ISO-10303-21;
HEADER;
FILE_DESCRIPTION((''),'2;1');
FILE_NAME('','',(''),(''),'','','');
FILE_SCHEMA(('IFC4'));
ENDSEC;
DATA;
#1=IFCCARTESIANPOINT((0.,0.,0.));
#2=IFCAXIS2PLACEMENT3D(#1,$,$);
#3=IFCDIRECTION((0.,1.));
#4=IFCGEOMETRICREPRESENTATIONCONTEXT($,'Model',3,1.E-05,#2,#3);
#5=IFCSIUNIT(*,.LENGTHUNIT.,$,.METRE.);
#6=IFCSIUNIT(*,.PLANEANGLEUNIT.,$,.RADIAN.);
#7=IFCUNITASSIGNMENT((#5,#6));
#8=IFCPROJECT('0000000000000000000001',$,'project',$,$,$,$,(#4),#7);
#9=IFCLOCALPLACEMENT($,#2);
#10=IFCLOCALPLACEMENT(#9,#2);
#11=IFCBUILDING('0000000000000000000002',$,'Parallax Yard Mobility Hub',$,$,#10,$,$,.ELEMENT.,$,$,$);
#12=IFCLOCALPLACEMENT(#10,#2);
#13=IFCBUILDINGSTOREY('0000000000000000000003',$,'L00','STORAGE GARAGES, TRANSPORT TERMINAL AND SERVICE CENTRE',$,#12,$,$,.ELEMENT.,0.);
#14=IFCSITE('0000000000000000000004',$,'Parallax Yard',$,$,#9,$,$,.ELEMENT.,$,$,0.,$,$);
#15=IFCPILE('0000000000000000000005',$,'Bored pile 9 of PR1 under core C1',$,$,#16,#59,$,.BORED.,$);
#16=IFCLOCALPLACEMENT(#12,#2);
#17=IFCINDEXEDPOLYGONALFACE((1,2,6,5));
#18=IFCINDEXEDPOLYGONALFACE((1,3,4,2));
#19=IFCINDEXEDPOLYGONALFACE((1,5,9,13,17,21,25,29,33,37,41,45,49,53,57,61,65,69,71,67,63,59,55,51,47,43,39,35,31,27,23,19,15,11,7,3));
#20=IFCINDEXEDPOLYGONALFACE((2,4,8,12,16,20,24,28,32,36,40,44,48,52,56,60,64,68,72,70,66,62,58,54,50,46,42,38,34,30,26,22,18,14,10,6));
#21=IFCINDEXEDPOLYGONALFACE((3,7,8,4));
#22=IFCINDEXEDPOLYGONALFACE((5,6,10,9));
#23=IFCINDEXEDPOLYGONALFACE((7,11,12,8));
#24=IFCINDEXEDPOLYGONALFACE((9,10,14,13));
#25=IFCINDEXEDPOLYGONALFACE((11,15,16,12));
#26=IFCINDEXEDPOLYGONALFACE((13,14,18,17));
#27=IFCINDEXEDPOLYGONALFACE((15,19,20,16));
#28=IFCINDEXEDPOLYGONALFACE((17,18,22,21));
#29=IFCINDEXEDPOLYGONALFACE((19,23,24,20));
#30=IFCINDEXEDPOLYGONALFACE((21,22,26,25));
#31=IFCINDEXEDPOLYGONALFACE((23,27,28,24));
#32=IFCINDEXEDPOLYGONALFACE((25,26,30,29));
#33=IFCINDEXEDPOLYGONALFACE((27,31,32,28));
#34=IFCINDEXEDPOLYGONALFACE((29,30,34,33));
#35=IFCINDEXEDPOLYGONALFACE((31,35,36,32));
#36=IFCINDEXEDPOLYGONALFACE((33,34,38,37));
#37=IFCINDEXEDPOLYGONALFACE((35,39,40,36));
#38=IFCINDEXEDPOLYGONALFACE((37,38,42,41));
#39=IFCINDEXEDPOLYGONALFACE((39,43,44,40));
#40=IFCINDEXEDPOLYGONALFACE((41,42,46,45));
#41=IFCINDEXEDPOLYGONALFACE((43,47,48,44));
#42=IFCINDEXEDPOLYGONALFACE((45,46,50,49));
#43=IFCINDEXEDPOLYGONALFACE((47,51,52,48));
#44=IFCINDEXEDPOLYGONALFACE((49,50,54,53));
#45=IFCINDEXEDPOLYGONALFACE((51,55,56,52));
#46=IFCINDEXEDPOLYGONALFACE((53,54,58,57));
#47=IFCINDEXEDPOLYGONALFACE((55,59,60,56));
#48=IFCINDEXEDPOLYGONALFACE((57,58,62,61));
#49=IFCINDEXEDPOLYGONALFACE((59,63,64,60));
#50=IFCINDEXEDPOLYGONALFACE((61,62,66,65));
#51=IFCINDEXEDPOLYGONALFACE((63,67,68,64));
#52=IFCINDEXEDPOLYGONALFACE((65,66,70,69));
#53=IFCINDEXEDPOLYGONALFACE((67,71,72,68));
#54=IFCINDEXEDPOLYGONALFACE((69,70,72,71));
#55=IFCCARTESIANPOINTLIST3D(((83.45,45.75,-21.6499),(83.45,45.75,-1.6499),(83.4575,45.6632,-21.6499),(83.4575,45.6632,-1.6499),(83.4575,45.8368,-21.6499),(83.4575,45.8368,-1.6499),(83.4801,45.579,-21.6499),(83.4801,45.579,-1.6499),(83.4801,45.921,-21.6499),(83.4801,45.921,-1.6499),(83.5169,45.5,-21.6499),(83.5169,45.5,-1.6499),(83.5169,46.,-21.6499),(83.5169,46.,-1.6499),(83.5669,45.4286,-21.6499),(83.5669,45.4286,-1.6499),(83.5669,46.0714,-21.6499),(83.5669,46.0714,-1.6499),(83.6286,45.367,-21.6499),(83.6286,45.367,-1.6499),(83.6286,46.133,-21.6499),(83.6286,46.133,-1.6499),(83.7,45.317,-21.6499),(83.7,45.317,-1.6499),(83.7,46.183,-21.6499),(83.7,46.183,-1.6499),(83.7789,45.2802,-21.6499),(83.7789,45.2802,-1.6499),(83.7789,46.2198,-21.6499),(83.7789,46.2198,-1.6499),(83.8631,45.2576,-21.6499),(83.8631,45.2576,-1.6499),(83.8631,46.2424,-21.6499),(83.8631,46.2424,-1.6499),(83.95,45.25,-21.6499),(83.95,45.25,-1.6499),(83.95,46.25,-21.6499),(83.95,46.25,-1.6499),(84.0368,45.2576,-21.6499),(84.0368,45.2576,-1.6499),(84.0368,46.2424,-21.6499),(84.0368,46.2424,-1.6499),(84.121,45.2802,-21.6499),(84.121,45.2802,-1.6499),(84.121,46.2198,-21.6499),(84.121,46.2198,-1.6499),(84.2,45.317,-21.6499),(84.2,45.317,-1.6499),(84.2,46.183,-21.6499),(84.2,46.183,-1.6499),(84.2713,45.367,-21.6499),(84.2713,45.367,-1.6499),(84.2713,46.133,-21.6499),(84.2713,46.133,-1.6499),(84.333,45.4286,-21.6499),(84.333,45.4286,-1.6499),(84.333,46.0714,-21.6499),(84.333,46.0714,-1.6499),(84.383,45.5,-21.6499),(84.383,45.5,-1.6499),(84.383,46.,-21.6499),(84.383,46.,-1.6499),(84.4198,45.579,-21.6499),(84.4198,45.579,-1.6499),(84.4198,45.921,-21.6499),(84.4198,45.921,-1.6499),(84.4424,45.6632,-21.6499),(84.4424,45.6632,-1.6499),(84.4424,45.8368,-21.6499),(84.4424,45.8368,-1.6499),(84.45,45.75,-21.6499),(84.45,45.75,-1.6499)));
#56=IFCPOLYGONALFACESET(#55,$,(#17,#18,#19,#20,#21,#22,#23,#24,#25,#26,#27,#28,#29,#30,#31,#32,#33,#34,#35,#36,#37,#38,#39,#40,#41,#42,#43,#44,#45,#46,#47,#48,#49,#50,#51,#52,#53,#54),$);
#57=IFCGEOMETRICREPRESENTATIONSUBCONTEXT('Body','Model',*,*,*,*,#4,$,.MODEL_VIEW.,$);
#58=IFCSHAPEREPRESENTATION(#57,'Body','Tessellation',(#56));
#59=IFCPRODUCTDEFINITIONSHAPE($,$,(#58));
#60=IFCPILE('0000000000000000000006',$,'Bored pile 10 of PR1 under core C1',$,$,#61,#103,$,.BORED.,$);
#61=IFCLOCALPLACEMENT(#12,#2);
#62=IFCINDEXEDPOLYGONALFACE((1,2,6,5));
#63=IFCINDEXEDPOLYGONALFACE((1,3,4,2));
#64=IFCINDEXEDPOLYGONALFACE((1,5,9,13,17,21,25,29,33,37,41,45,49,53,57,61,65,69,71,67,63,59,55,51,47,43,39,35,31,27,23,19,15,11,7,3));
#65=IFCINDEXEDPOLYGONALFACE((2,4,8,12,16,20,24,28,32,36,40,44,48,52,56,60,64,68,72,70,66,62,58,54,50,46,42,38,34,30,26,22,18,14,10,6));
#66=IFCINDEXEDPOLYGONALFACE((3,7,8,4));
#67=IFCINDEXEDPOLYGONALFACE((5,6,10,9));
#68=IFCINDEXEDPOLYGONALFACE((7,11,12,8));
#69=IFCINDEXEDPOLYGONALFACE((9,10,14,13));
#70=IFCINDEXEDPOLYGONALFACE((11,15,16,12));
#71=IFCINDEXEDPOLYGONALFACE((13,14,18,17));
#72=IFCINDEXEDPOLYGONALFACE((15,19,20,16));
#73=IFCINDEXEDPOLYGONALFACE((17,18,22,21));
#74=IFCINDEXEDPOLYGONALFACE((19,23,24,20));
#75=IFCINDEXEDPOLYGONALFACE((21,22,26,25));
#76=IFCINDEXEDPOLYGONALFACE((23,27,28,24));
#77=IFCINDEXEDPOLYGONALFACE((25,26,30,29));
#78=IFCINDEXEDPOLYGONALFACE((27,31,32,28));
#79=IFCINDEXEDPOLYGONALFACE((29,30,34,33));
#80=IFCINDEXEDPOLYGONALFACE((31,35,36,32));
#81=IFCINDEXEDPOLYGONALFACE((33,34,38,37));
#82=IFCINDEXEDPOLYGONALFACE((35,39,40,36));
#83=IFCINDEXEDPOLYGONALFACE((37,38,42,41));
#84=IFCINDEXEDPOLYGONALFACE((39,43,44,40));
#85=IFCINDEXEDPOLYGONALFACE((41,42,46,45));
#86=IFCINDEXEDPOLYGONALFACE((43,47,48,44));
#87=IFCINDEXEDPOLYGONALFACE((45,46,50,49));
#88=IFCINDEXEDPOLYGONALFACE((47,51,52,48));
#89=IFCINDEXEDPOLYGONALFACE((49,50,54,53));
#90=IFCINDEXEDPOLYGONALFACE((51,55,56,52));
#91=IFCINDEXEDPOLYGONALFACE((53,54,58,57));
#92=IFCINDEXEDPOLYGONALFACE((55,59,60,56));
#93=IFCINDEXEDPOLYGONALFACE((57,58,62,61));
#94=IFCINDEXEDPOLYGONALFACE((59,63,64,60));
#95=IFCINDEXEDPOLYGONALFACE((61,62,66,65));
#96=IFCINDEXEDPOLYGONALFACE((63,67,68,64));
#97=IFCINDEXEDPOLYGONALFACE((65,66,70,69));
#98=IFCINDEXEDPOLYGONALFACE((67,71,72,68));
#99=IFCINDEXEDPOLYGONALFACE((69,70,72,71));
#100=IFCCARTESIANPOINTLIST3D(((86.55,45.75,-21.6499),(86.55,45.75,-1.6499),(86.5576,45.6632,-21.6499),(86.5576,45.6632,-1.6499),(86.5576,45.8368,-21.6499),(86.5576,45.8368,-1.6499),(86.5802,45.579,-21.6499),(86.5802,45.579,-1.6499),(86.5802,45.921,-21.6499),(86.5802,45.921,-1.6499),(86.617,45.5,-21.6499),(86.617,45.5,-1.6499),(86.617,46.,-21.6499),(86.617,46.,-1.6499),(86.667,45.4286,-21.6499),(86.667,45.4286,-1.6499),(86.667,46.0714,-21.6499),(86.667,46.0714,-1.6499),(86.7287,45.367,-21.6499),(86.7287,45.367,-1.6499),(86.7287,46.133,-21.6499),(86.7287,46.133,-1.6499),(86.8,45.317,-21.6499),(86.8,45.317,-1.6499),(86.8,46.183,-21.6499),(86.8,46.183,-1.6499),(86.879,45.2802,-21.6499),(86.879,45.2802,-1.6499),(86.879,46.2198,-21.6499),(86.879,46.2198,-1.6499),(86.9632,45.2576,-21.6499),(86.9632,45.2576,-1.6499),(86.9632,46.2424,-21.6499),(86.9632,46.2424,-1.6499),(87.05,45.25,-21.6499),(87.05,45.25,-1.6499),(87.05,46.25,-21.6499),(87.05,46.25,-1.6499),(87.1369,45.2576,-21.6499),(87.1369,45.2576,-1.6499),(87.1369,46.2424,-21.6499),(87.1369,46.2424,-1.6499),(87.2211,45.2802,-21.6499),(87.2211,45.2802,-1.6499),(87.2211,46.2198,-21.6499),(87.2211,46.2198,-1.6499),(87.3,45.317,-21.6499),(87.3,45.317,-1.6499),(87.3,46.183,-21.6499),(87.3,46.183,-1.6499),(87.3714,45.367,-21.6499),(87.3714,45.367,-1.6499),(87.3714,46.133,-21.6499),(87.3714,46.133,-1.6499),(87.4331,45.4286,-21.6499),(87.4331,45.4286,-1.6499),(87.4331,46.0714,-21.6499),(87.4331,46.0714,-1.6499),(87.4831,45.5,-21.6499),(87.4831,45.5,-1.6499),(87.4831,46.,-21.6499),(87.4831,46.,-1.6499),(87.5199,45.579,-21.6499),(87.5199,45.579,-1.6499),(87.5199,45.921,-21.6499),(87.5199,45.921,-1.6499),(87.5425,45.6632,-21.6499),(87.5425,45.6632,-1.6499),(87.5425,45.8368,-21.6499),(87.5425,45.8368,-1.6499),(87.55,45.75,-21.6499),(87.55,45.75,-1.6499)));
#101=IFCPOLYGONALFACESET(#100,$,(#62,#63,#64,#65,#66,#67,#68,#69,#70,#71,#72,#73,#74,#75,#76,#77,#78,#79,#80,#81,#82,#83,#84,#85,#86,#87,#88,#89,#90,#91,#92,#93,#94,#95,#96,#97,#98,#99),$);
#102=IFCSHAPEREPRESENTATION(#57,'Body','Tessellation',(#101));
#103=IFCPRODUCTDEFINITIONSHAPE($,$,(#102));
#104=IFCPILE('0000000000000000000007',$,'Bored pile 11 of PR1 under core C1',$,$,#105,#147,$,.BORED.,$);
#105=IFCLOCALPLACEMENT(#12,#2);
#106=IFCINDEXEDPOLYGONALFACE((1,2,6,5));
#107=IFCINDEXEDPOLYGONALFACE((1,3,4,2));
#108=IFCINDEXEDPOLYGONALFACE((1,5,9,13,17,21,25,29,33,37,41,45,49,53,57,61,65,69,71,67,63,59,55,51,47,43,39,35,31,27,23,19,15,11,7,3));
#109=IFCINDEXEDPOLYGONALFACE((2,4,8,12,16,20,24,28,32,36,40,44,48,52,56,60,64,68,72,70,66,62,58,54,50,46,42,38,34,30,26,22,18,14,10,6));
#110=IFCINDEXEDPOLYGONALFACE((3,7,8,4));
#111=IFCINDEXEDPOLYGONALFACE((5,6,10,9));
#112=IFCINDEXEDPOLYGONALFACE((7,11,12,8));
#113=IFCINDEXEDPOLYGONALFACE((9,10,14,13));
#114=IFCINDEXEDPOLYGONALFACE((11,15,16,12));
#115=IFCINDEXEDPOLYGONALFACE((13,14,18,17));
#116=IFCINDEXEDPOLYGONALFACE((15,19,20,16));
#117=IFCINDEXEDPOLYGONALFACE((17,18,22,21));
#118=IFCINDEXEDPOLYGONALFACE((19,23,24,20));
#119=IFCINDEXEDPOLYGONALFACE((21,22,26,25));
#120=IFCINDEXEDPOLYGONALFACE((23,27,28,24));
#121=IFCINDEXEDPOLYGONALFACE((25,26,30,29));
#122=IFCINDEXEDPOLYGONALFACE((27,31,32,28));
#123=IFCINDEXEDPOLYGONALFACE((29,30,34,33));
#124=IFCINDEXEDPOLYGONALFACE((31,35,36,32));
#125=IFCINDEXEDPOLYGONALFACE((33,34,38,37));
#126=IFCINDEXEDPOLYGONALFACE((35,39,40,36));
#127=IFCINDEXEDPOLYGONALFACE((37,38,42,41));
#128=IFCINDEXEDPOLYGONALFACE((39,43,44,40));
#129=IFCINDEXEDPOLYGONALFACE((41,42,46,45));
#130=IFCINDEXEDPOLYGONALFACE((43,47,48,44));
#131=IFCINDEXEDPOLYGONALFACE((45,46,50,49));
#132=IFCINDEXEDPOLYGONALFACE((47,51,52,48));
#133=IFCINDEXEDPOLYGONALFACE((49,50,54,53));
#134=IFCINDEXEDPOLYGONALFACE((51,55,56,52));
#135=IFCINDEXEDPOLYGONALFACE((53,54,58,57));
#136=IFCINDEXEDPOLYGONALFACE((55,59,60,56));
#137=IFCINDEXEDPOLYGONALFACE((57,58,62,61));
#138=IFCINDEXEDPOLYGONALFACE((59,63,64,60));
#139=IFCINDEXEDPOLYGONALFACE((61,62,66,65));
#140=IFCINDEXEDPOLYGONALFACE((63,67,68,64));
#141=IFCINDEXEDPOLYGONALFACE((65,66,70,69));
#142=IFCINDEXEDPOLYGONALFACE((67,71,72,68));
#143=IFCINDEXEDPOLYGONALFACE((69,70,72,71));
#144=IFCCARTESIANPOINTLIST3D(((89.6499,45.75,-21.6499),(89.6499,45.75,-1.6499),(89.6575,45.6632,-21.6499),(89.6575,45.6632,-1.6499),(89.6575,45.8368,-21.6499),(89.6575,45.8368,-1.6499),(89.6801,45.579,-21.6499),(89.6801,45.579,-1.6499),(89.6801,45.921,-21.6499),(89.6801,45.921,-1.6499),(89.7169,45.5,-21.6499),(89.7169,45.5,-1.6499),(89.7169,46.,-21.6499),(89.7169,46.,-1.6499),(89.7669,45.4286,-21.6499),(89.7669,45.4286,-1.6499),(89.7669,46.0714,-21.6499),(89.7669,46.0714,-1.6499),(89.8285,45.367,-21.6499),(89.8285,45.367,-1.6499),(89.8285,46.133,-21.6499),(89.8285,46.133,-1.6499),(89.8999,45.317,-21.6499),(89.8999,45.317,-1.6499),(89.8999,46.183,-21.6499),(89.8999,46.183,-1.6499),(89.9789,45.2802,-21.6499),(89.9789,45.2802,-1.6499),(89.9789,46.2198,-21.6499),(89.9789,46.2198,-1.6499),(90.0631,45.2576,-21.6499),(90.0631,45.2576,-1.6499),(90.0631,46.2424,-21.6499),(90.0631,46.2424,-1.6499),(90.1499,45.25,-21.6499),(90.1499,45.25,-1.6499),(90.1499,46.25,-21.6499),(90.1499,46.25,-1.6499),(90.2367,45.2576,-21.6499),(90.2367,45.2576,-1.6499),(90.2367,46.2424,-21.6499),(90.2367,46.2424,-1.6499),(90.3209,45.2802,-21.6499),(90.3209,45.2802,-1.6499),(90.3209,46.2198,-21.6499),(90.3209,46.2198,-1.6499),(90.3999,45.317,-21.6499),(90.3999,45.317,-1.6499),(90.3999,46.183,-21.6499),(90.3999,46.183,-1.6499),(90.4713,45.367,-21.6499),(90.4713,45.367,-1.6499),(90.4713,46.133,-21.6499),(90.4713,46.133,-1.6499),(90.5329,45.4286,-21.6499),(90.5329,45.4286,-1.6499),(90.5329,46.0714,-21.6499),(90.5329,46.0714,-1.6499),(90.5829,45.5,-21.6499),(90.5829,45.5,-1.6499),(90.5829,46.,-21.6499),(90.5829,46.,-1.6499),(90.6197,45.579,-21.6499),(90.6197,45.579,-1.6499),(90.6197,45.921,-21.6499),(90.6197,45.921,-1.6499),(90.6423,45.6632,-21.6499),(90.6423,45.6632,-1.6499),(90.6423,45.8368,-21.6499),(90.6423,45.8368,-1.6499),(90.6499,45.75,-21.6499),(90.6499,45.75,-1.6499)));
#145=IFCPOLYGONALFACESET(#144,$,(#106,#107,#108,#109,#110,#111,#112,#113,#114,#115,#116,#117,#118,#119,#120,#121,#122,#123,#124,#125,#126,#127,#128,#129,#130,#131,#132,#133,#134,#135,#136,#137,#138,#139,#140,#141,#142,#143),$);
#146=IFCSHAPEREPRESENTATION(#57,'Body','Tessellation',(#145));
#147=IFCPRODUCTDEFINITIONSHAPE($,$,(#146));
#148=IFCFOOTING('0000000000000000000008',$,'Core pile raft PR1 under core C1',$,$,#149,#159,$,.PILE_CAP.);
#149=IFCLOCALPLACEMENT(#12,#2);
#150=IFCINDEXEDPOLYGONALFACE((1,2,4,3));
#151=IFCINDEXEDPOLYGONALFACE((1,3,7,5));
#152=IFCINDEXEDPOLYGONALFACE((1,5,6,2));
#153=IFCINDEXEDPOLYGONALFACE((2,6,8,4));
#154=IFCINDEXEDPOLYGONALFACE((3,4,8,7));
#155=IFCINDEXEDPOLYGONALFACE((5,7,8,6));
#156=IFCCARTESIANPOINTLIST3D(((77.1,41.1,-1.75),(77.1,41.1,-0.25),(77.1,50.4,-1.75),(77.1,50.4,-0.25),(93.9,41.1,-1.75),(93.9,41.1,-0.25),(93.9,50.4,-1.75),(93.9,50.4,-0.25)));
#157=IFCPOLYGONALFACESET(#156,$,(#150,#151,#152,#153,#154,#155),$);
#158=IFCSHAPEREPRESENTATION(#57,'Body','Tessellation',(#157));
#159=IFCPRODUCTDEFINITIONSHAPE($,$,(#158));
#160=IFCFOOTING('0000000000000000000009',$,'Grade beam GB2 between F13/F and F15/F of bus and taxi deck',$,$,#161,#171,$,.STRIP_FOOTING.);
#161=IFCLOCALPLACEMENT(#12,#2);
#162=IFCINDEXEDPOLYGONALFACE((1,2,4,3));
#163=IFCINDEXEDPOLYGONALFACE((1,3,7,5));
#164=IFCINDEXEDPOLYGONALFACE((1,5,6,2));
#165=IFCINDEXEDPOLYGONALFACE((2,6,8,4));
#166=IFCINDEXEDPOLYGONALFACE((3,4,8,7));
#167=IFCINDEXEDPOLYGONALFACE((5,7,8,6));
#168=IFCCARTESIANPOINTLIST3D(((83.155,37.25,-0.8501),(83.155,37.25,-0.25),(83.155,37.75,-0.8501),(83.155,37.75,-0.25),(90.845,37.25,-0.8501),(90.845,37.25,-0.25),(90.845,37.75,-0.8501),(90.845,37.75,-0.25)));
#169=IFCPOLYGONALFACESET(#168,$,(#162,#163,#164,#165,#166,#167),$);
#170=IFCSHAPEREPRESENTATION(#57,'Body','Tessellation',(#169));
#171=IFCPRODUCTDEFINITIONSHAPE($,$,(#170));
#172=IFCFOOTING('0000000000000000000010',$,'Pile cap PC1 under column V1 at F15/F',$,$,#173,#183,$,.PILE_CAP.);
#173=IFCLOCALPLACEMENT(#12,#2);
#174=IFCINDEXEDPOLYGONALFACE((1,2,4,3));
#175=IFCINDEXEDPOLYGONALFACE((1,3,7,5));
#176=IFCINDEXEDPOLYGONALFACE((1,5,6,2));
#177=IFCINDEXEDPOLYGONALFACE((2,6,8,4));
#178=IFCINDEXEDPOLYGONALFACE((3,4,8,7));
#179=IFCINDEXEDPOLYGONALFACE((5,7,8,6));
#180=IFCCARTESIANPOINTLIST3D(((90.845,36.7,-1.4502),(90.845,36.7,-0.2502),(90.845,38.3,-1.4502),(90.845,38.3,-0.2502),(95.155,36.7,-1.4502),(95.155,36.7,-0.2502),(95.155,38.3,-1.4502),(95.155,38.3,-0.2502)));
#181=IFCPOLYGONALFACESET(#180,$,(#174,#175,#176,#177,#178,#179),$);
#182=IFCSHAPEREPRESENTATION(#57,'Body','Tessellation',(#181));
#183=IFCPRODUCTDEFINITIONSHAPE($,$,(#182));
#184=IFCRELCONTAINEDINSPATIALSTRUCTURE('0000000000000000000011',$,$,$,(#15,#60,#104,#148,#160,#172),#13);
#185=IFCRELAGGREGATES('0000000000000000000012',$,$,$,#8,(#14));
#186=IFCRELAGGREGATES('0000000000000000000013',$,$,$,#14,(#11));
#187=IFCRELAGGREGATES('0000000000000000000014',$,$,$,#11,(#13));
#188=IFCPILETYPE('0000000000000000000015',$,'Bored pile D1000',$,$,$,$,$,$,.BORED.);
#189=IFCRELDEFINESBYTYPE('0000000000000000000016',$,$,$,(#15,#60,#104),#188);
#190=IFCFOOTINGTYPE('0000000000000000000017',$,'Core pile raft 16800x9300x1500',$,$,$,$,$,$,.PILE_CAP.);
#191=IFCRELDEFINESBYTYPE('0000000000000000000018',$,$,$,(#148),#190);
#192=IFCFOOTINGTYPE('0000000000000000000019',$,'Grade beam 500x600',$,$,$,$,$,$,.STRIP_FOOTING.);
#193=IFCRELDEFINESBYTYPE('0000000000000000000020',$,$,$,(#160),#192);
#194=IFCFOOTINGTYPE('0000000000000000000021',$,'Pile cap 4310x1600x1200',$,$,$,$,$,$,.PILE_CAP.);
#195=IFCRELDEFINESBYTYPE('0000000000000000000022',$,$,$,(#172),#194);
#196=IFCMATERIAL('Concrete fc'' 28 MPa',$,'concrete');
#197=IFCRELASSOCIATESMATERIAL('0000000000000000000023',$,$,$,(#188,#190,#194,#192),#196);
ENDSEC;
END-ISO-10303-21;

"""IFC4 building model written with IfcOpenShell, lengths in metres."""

from ifc_helpers import new_model, si_unit, direction, frame, origin, origin_2d, place, context, subcontext, project, spatial, rectangle, circle, extrude, material, material_profile, profile_set, type_object, element, save


model = new_model("IFC4")

# Units and contexts
model_context = context("Model", 3, precision=1e-05, world=origin(), true_north=direction((0.0, 1.0)))
body_context = subcontext(model_context, "Body", "Model", "MODEL_VIEW")
ifc_project = project(units=[si_unit("LENGTHUNIT", "METRE"), si_unit("PLANEANGLEUNIT", "RADIAN")], contexts=[model_context])

# Site, building, storey
site_placement = place(None, origin())
site = spatial("IfcSite", under=ifc_project, at=site_placement, Name="Parallax Yard", CompositionType="ELEMENT", RefElevation=0.0)
building_placement = place(site_placement, origin())
building = spatial("IfcBuilding", under=site, at=building_placement, Name="Parallax Yard Mobility Hub", CompositionType="ELEMENT")
storey_placement = place(building_placement, origin())
storey = spatial("IfcBuildingStorey", under=building, at=storey_placement, Name="L00", Description="STORAGE GARAGES, TRANSPORT TERMINAL AND SERVICE CENTRE", CompositionType="ELEMENT", Elevation=0.0)

# Piles
ifc_material_1 = material(Name="Concrete fc' 28 MPa", Category="concrete")
ifc_material_profile_1 = material_profile(ifc_material_1, circle(Radius=0.5, at=origin_2d()), Name="Bored pile D1000")
ifc_profile_set_1 = profile_set([ifc_material_profile_1], Name="Concrete fc' 28 MPa")
pile_type = type_object("IfcPileType", Name="Bored pile D1000", PredefinedType="BORED", material=ifc_profile_set_1)
for number, where, z_axis, x_axis, name in (
    (1, (83.95, 45.75, -1.6499), (0.0, 0.0, -1.0), (1.0, 0.0, 0.0), "Bored pile 9 of PR1 under core C1"),
    (2, (87.05, 45.75, -1.6499), (0.0, 0.0, -1.0), (1.0, 0.0, 0.0), "Bored pile 10 of PR1 under core C1"),
    (3, (90.1499, 45.75, -1.6499), (0.0, 0.0, -1.0), (1.0, 0.0, 0.0), "Bored pile 11 of PR1 under core C1"),
):
    element("IfcPile", number, at=place(storey_placement, frame(where, z_axis=z_axis, x_axis=x_axis)), inside=storey, type_object=pile_type, Name=name, PredefinedType="BORED", context=body_context, shape_type="SweptSolid", body=[
        extrude(circle(Radius=0.5, at=origin_2d()), origin(), (0.0, 0.0, 1.0), 20.0),
    ])

# Footings
footing_type_1 = type_object("IfcFootingType", Name="Core pile raft 16800x9300x1500", PredefinedType="PILE_CAP", material=ifc_material_1)
footing_1_placement = place(storey_placement, frame((85.5, 45.75, -1.75), z_axis=(0.0, 0.0, 1.0), x_axis=(1.0, 0.0, 0.0)))
element("IfcFooting", 4, at=footing_1_placement, inside=storey, type_object=footing_type_1, Name="Core pile raft PR1 under core C1", PredefinedType="PILE_CAP", context=body_context, shape_type="SweptSolid", body=[
    extrude(rectangle(XDim=16.8, YDim=9.3, at=origin_2d()), origin(), (0.0, 0.0, 1.0), 1.5),
])
ifc_material_profile_2 = material_profile(ifc_material_1, rectangle(XDim=0.5, YDim=0.6001, at=origin_2d()), Name="Grade beam 500x600")
ifc_profile_set_2 = profile_set([ifc_material_profile_2], Name="Concrete fc' 28 MPa")
footing_type_2 = type_object("IfcFootingType", Name="Grade beam 500x600", PredefinedType="STRIP_FOOTING", material=ifc_profile_set_2)
footing_2_placement = place(storey_placement, frame((83.155, 37.5, -0.55), z_axis=(1.0, 0.0, 0.0), x_axis=(0.0, 1.0, 0.0)))
element("IfcFooting", 5, at=footing_2_placement, inside=storey, type_object=footing_type_2, Name="Grade beam GB2 between F13/F and F15/F of bus and taxi deck", PredefinedType="STRIP_FOOTING", context=body_context, shape_type="SweptSolid", body=[
    extrude(rectangle(XDim=0.5, YDim=0.6001, at=origin_2d()), origin(), (0.0, 0.0, 1.0), 7.6899),
])
footing_type_3 = type_object("IfcFootingType", Name="Pile cap 4310x1600x1200", PredefinedType="PILE_CAP", material=ifc_material_1)
footing_3_placement = place(storey_placement, frame((93.0, 37.5, -1.4502), z_axis=(0.0, 0.0, 1.0), x_axis=(1.0, 0.0, 0.0)))
element("IfcFooting", 6, at=footing_3_placement, inside=storey, type_object=footing_type_3, Name="Pile cap PC1 under column V1 at F15/F", PredefinedType="PILE_CAP", context=body_context, shape_type="SweptSolid", body=[
    extrude(rectangle(XDim=4.3101, YDim=1.6001, at=origin_2d()), origin(), (0.0, 0.0, 1.0), 1.2),
])

save(model, "model.ifc")
